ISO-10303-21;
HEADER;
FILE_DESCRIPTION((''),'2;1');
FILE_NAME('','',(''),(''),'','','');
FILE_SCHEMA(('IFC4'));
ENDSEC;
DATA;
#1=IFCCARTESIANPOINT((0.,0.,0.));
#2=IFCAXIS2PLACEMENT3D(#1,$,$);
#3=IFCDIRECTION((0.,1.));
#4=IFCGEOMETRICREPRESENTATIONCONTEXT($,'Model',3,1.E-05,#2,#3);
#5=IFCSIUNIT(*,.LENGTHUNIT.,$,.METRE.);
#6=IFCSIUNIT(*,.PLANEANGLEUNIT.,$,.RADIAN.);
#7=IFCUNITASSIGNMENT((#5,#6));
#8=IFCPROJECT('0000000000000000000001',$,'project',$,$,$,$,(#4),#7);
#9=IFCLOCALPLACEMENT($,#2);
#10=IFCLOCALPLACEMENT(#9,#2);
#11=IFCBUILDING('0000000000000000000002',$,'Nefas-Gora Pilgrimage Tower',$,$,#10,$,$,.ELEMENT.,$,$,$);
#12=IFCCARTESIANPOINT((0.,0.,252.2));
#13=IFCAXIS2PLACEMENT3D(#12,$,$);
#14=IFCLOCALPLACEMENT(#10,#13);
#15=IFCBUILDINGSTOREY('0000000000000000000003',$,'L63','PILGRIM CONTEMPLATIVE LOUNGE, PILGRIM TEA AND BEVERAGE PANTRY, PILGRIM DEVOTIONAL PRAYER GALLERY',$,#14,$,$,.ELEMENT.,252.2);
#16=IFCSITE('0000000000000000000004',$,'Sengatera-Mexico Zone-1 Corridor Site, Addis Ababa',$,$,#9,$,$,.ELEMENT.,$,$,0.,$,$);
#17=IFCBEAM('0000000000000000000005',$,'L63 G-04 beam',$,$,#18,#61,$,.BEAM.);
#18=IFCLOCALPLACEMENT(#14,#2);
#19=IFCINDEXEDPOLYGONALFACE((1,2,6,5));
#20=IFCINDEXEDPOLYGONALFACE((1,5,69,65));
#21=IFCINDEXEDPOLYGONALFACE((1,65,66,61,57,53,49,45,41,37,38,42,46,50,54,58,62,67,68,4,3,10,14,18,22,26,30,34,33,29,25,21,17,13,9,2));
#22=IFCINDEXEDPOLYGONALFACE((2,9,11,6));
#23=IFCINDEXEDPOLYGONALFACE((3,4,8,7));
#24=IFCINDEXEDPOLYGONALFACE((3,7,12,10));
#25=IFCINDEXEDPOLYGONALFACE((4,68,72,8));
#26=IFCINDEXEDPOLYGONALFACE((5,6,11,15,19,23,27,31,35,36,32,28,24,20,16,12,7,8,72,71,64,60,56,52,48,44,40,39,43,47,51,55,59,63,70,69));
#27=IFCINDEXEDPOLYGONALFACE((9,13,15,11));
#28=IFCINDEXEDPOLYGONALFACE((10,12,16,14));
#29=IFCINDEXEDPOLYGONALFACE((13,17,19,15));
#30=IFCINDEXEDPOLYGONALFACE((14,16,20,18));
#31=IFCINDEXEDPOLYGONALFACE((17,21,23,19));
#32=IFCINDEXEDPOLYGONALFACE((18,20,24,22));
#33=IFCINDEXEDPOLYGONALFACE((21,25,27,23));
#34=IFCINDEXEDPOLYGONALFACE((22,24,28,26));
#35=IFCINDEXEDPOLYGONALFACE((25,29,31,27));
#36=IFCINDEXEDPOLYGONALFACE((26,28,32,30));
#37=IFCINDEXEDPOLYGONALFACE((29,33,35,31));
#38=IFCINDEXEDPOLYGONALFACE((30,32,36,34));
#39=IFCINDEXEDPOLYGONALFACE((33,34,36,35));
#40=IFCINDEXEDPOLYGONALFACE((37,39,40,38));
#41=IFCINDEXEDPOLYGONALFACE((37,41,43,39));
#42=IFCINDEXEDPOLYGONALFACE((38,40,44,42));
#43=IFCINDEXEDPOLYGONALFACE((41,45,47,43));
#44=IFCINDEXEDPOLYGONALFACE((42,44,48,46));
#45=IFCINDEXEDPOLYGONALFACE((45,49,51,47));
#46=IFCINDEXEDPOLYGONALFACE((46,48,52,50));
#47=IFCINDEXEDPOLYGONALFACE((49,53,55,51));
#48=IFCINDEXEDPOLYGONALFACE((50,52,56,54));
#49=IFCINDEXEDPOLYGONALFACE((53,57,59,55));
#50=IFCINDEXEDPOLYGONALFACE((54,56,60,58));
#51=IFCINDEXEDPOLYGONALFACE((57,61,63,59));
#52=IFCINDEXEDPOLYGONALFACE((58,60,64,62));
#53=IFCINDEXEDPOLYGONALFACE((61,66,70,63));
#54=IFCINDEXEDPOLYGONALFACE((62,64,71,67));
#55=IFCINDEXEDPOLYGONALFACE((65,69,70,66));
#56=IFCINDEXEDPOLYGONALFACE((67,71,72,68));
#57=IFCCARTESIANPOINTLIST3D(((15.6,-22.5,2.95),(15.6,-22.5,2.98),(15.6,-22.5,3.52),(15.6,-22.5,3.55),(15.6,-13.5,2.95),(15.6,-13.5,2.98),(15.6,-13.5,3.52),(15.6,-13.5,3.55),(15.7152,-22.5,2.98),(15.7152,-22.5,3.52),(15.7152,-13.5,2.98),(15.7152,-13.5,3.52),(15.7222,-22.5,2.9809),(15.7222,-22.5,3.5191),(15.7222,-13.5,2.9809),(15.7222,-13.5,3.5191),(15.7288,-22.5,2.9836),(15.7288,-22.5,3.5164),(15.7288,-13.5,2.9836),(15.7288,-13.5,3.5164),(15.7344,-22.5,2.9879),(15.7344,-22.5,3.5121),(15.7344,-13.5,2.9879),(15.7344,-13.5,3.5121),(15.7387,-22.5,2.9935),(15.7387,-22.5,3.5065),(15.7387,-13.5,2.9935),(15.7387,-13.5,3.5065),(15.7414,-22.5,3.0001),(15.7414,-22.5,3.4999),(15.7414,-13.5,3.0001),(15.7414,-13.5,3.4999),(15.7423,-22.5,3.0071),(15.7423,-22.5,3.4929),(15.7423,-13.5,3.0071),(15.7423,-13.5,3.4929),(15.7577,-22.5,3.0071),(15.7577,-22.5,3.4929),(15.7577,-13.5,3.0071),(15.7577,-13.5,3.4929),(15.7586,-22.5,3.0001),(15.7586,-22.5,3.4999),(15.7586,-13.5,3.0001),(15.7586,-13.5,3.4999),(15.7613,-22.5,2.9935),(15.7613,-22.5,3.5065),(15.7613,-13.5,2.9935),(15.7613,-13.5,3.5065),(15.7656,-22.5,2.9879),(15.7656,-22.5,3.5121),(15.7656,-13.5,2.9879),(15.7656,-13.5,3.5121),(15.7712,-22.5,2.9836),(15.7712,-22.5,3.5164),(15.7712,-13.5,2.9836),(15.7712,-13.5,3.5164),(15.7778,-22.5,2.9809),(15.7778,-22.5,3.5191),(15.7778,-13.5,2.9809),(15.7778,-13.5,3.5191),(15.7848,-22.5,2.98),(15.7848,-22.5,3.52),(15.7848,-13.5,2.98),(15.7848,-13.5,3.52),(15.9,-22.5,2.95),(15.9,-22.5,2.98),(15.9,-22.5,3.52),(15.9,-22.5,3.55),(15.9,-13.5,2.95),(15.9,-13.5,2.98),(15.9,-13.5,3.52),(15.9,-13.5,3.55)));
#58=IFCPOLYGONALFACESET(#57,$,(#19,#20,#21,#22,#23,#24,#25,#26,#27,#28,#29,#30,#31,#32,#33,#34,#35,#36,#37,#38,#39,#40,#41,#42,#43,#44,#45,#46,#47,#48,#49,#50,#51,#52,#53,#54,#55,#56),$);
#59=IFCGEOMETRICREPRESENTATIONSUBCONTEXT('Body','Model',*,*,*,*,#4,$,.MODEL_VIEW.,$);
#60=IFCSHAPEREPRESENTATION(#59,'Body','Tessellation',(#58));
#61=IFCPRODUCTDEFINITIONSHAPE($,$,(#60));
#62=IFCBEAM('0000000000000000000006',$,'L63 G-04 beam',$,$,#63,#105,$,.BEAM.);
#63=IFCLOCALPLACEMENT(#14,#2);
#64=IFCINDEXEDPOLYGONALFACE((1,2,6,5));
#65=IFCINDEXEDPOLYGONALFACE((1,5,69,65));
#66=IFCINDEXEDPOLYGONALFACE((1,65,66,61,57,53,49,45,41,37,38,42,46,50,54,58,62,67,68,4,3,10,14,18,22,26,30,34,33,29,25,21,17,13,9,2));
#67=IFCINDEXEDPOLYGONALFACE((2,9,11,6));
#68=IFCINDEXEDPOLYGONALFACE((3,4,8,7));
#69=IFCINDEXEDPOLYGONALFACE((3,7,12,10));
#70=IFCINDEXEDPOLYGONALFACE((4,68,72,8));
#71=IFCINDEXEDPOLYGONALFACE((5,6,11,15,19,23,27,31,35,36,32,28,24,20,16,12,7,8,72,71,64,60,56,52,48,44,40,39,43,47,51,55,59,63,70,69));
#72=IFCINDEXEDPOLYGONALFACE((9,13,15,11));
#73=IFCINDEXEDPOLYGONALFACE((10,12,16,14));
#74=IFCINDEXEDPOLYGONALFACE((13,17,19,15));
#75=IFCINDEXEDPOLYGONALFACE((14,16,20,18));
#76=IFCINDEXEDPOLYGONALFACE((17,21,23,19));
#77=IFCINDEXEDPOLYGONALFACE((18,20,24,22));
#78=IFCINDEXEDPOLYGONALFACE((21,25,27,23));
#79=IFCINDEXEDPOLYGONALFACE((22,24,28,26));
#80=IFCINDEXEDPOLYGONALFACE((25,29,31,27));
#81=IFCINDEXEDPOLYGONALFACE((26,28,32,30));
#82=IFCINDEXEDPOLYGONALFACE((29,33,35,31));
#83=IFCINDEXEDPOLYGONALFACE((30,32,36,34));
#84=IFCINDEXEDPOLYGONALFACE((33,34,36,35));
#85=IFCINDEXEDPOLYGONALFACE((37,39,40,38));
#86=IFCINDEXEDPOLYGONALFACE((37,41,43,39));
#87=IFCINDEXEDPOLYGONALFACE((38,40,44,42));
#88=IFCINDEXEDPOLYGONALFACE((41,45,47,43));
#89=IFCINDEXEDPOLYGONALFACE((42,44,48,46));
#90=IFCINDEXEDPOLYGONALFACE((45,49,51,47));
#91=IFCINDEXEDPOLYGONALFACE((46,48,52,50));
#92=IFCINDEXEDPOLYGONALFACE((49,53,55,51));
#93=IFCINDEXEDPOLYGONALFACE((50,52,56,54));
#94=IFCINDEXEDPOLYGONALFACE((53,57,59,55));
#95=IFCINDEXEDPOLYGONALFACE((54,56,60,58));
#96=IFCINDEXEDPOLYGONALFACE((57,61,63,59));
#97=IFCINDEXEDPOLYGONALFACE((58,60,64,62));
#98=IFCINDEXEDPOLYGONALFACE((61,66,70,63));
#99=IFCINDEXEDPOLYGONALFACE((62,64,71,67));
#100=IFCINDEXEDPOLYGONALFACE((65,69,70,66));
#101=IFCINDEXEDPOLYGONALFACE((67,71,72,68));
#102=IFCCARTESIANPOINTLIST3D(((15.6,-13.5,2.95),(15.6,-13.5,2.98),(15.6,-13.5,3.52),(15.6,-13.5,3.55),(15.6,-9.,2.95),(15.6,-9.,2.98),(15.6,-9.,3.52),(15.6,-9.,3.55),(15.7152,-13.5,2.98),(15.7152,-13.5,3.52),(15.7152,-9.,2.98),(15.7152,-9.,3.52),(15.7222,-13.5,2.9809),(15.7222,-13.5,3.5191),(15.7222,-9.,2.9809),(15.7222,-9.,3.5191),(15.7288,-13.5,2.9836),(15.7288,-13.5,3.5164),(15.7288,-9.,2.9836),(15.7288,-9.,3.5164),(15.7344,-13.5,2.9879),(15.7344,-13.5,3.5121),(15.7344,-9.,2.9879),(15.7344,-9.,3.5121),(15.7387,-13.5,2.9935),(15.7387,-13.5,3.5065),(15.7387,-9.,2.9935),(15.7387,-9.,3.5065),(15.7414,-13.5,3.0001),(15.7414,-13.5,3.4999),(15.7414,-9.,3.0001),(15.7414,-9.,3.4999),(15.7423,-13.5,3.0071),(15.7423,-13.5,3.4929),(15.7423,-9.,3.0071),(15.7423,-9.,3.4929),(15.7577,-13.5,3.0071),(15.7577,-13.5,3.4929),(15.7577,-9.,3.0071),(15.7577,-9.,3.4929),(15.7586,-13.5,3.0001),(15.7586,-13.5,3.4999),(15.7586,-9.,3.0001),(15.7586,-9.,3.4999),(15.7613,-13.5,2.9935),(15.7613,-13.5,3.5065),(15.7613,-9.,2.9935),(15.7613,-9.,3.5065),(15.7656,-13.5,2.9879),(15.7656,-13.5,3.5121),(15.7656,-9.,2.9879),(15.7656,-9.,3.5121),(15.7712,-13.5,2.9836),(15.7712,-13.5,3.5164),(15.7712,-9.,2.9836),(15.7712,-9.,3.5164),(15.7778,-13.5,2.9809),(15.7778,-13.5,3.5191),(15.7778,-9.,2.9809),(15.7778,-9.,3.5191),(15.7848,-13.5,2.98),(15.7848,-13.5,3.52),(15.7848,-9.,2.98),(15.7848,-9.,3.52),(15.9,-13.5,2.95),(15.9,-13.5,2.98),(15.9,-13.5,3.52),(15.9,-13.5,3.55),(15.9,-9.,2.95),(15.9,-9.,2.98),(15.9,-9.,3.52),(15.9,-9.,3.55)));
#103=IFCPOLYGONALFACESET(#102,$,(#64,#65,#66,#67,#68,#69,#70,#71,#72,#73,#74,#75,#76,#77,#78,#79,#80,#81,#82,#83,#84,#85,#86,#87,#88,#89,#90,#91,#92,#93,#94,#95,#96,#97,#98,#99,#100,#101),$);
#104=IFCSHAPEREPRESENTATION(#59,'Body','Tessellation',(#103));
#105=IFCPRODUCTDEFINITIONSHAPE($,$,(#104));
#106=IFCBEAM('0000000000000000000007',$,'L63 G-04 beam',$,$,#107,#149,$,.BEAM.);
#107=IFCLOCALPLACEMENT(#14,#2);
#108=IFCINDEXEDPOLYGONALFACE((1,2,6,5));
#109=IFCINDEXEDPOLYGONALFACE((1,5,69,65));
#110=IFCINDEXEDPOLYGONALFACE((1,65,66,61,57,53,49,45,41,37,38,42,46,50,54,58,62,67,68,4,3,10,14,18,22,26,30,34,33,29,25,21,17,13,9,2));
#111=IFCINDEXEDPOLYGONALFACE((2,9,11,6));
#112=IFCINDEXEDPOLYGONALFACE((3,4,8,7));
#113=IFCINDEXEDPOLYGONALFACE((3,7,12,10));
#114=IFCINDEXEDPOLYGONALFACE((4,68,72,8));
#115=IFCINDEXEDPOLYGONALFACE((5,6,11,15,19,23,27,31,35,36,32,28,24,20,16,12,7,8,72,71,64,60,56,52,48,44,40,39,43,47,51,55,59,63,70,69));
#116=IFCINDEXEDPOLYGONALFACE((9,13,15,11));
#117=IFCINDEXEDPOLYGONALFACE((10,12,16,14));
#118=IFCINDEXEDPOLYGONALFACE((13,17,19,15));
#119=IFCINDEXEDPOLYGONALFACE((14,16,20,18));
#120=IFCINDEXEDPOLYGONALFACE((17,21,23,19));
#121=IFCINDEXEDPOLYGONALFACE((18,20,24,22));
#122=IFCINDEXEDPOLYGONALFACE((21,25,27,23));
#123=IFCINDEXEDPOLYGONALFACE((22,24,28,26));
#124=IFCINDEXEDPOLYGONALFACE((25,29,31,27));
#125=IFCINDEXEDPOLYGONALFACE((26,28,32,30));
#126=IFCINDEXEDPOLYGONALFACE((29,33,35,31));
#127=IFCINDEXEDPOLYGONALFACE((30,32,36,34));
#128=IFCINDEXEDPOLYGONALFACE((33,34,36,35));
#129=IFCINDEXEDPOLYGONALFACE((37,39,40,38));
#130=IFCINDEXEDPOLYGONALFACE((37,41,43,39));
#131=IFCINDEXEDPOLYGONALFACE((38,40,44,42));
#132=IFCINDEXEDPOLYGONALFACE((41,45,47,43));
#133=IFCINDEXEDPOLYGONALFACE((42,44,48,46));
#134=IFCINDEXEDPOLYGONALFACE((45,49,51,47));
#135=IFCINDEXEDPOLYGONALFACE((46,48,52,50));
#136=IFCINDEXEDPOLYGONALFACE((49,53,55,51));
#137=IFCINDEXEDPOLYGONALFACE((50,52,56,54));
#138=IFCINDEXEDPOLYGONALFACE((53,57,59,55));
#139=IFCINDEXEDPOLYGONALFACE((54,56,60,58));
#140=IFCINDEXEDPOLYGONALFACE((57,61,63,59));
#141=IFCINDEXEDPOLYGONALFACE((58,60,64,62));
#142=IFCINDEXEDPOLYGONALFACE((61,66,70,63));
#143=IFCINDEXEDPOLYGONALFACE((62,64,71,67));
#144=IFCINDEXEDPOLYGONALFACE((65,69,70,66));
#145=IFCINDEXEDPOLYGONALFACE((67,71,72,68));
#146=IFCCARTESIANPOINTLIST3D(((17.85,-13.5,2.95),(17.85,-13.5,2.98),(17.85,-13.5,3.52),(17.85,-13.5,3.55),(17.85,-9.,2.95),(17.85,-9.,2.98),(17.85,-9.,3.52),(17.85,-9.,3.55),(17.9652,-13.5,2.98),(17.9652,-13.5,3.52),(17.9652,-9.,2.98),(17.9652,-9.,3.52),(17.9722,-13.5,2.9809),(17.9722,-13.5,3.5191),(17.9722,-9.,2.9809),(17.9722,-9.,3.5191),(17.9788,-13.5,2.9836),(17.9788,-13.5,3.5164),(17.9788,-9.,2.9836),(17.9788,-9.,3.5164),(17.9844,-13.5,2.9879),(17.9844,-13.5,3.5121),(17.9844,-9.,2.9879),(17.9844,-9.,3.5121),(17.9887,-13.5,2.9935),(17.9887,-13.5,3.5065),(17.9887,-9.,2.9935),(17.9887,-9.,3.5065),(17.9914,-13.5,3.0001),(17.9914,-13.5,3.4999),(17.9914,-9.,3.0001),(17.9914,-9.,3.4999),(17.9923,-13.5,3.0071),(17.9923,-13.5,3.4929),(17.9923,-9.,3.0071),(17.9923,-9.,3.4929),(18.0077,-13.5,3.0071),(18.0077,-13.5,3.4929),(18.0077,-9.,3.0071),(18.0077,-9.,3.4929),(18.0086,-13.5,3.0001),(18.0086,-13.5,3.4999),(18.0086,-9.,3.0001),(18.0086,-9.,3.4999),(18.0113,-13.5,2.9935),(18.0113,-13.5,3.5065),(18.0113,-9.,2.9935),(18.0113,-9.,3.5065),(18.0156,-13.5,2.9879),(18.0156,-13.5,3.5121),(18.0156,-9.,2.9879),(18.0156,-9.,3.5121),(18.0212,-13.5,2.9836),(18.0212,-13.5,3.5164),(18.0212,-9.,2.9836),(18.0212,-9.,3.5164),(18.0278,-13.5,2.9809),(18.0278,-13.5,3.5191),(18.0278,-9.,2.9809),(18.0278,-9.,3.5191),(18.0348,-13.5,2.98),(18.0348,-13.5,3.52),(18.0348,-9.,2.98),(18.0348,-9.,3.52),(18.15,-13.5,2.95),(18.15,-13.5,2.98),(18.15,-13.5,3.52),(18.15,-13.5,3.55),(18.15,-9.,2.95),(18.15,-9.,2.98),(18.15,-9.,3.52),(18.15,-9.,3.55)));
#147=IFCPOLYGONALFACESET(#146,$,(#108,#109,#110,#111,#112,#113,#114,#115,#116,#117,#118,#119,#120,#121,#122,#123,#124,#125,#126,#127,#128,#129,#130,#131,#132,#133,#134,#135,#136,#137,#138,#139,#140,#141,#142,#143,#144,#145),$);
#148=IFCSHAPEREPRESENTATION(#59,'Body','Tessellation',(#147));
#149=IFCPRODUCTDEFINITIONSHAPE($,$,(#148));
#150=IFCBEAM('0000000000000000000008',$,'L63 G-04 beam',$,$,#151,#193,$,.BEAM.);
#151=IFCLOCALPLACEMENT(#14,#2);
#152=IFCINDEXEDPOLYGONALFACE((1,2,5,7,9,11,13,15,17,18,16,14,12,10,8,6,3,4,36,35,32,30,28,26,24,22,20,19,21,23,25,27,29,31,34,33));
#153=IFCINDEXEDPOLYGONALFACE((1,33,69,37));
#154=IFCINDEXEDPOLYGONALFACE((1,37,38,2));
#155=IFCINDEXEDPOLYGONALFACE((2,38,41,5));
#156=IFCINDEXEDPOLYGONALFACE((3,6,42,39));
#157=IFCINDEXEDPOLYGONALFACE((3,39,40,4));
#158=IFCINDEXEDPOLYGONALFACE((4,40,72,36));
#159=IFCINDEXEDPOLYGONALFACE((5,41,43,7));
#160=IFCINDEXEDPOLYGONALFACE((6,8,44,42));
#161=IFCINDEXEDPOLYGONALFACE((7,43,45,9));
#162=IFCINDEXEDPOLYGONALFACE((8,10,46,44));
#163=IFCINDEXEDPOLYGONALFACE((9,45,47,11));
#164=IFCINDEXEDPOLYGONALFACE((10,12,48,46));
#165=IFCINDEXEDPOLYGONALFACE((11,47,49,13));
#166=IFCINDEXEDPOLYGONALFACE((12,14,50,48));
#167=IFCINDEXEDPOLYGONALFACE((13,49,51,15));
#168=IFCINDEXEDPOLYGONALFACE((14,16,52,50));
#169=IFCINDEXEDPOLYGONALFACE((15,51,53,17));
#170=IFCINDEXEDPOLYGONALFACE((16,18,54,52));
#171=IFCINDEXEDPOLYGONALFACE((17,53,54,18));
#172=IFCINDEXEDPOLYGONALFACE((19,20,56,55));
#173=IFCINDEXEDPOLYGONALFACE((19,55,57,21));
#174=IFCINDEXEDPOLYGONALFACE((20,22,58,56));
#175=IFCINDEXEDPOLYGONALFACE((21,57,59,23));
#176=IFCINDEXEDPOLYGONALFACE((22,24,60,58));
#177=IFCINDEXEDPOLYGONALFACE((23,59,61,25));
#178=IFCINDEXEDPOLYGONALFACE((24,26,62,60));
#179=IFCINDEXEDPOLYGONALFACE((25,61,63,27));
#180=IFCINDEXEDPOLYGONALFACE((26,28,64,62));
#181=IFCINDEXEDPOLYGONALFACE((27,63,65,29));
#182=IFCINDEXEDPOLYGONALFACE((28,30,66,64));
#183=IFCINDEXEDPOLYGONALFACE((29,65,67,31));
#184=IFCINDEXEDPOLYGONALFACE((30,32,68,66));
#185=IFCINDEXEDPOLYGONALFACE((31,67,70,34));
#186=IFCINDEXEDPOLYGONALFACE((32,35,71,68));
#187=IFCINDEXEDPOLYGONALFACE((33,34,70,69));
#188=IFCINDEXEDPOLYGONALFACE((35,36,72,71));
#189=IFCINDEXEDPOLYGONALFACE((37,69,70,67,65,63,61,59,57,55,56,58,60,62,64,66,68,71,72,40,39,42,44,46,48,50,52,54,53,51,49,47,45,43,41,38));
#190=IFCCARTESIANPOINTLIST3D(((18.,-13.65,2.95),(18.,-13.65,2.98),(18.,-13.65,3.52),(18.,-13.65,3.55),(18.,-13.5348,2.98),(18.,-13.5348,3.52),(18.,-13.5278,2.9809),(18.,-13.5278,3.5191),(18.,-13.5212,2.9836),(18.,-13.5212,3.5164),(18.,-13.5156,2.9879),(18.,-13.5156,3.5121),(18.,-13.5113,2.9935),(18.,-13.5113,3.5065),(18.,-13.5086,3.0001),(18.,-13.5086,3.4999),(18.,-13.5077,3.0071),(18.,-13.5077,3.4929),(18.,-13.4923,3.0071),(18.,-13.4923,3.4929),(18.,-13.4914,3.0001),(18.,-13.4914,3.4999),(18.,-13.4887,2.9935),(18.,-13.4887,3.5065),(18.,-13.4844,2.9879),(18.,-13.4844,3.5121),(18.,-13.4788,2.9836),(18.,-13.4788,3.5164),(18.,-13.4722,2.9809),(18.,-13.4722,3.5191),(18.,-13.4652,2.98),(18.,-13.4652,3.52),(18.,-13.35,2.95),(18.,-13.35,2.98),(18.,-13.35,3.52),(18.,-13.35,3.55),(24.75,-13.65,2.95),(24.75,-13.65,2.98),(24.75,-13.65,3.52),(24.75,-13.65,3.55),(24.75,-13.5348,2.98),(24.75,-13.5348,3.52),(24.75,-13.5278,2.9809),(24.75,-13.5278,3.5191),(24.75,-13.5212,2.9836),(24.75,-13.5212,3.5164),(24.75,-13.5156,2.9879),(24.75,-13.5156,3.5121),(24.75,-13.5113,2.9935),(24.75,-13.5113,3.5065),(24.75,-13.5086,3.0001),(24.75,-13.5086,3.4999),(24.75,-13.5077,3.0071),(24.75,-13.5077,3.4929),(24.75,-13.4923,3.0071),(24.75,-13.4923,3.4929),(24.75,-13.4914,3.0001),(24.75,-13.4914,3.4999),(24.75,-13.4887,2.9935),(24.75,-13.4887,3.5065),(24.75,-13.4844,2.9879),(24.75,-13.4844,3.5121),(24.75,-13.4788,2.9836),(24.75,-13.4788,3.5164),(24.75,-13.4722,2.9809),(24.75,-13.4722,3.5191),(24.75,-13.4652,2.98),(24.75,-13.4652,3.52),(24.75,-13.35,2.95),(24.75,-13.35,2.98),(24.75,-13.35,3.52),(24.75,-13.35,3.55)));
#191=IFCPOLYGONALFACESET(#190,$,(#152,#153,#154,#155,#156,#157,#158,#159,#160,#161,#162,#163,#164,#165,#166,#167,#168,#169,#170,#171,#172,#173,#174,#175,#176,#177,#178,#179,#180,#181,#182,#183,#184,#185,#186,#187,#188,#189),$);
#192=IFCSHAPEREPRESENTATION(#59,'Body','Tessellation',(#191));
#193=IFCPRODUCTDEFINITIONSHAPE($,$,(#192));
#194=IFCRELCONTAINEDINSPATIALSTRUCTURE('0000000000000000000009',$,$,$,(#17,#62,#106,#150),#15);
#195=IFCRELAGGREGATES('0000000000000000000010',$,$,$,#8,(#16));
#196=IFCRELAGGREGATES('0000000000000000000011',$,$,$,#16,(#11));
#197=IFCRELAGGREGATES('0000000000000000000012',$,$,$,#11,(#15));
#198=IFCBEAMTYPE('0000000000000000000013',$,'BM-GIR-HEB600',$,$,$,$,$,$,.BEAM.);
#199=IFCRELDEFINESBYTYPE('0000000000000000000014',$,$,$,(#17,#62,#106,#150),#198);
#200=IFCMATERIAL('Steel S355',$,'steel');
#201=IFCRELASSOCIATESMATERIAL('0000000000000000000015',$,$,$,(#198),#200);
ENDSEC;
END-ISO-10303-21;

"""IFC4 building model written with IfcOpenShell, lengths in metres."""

from ifc_helpers import new_model, si_unit, direction, frame, origin, origin_2d, place, context, subcontext, project, spatial, i_section, extrude, source, transform, mapped, material, material_profile, profile_set, type_object, element, save


model = new_model("IFC4")

# Units and contexts
model_context = context("Model", 3, precision=1e-05, world=origin(), true_north=direction((0.0, 1.0)))
body_context = subcontext(model_context, "Body", "Model", "MODEL_VIEW")
ifc_project = project(units=[si_unit("LENGTHUNIT", "METRE"), si_unit("PLANEANGLEUNIT", "RADIAN")], contexts=[model_context])

# Site, building, storey
site_placement = place(None, origin())
site = spatial("IfcSite", under=ifc_project, at=site_placement, Name="Sengatera-Mexico Zone-1 Corridor Site, Addis Ababa", CompositionType="ELEMENT", RefElevation=0.0)
building_placement = place(site_placement, origin())
building = spatial("IfcBuilding", under=site, at=building_placement, Name="Nefas-Gora Pilgrimage Tower", CompositionType="ELEMENT")
storey_placement = place(building_placement, frame((0.0, 0.0, 252.2)))
storey = spatial("IfcBuildingStorey", under=building, at=storey_placement, Name="L63", Description="PILGRIM CONTEMPLATIVE LOUNGE, PILGRIM TEA AND BEVERAGE PANTRY, PILGRIM DEVOTIONAL PRAYER GALLERY", CompositionType="ELEMENT", Elevation=252.2)

# Beams
ifc_material_1 = material(Name="Steel S355", Category="steel")
ifc_material_profile_1 = material_profile(ifc_material_1, i_section(OverallWidth=0.3, OverallDepth=0.6001, WebThickness=0.0154, FlangeThickness=0.03, FilletRadius=0.0271, at=origin_2d()), Name="HEB 600")
ifc_profile_set_1 = profile_set([ifc_material_profile_1], Name="Steel S355")
beam_type_1 = type_object("IfcBeamType", Name="BM-GIR-HEB600", PredefinedType="BEAM", material=ifc_profile_set_1)
shared_shape_1 = source(origin(), body_context, "Body", "SweptSolid", [
    extrude(i_section(OverallWidth=0.3, OverallDepth=0.6001, WebThickness=0.0154, FlangeThickness=0.03, FilletRadius=0.0271, at=origin_2d()), origin(), (0.0, 0.0, 1.0), 9.0),
])
beam_1_placement = place(storey_placement, frame((15.75, -22.5, 3.25), z_axis=(0.0, 1.0, 0.0), x_axis=(-1.0, 0.0, 0.0)))
element("IfcBeam", 1, at=beam_1_placement, inside=storey, type_object=beam_type_1, Name="L63 G-04 beam", PredefinedType="BEAM", context=body_context, shape_type="MappedRepresentation", body=[
    mapped(shared_shape_1, transform((0.0, 0.0, 0.0), x_axis=(1.0, 0.0, 0.0), y_axis=(0.0, 1.0, 0.0), z_axis=(0.0, 0.0, 1.0), scale=1.0)),
])
shared_shape_2 = source(origin(), body_context, "Body", "SweptSolid", [
    extrude(i_section(OverallWidth=0.3, OverallDepth=0.6001, WebThickness=0.0154, FlangeThickness=0.03, FilletRadius=0.0271, at=origin_2d()), origin(), (0.0, 0.0, 1.0), 4.5),
])
for number, where, z_axis, x_axis, name in (
    (2, (15.75, -13.5, 3.25), (0.0, 1.0, 0.0), (-1.0, 0.0, 0.0), "L63 G-04 beam"),
    (3, (18.0, -13.5, 3.25), (0.0, 1.0, 0.0), (-1.0, 0.0, 0.0), "L63 G-04 beam"),
):
    element("IfcBeam", number, at=place(storey_placement, frame(where, z_axis=z_axis, x_axis=x_axis)), inside=storey, type_object=beam_type_1, Name=name, PredefinedType="BEAM", context=body_context, shape_type="MappedRepresentation", body=[
        mapped(shared_shape_2, transform((0.0, 0.0, 0.0), x_axis=(1.0, 0.0, 0.0), y_axis=(0.0, 1.0, 0.0), z_axis=(0.0, 0.0, 1.0), scale=1.0)),
    ])
shared_shape_3 = source(origin(), body_context, "Body", "SweptSolid", [
    extrude(i_section(OverallWidth=0.3, OverallDepth=0.6001, WebThickness=0.0154, FlangeThickness=0.03, FilletRadius=0.0271, at=origin_2d()), origin(), (0.0, 0.0, 1.0), 6.75),
])
beam_2_placement = place(storey_placement, frame((18.0, -13.5, 3.25), z_axis=(1.0, 0.0, 0.0), x_axis=(0.0, 1.0, 0.0)))
element("IfcBeam", 4, at=beam_2_placement, inside=storey, type_object=beam_type_1, Name="L63 G-04 beam", PredefinedType="BEAM", context=body_context, shape_type="MappedRepresentation", body=[
    mapped(shared_shape_3, transform((0.0, 0.0, 0.0), x_axis=(1.0, 0.0, 0.0), y_axis=(0.0, 1.0, 0.0), z_axis=(0.0, 0.0, 1.0), scale=1.0)),
])

save(model, "model.ifc")
